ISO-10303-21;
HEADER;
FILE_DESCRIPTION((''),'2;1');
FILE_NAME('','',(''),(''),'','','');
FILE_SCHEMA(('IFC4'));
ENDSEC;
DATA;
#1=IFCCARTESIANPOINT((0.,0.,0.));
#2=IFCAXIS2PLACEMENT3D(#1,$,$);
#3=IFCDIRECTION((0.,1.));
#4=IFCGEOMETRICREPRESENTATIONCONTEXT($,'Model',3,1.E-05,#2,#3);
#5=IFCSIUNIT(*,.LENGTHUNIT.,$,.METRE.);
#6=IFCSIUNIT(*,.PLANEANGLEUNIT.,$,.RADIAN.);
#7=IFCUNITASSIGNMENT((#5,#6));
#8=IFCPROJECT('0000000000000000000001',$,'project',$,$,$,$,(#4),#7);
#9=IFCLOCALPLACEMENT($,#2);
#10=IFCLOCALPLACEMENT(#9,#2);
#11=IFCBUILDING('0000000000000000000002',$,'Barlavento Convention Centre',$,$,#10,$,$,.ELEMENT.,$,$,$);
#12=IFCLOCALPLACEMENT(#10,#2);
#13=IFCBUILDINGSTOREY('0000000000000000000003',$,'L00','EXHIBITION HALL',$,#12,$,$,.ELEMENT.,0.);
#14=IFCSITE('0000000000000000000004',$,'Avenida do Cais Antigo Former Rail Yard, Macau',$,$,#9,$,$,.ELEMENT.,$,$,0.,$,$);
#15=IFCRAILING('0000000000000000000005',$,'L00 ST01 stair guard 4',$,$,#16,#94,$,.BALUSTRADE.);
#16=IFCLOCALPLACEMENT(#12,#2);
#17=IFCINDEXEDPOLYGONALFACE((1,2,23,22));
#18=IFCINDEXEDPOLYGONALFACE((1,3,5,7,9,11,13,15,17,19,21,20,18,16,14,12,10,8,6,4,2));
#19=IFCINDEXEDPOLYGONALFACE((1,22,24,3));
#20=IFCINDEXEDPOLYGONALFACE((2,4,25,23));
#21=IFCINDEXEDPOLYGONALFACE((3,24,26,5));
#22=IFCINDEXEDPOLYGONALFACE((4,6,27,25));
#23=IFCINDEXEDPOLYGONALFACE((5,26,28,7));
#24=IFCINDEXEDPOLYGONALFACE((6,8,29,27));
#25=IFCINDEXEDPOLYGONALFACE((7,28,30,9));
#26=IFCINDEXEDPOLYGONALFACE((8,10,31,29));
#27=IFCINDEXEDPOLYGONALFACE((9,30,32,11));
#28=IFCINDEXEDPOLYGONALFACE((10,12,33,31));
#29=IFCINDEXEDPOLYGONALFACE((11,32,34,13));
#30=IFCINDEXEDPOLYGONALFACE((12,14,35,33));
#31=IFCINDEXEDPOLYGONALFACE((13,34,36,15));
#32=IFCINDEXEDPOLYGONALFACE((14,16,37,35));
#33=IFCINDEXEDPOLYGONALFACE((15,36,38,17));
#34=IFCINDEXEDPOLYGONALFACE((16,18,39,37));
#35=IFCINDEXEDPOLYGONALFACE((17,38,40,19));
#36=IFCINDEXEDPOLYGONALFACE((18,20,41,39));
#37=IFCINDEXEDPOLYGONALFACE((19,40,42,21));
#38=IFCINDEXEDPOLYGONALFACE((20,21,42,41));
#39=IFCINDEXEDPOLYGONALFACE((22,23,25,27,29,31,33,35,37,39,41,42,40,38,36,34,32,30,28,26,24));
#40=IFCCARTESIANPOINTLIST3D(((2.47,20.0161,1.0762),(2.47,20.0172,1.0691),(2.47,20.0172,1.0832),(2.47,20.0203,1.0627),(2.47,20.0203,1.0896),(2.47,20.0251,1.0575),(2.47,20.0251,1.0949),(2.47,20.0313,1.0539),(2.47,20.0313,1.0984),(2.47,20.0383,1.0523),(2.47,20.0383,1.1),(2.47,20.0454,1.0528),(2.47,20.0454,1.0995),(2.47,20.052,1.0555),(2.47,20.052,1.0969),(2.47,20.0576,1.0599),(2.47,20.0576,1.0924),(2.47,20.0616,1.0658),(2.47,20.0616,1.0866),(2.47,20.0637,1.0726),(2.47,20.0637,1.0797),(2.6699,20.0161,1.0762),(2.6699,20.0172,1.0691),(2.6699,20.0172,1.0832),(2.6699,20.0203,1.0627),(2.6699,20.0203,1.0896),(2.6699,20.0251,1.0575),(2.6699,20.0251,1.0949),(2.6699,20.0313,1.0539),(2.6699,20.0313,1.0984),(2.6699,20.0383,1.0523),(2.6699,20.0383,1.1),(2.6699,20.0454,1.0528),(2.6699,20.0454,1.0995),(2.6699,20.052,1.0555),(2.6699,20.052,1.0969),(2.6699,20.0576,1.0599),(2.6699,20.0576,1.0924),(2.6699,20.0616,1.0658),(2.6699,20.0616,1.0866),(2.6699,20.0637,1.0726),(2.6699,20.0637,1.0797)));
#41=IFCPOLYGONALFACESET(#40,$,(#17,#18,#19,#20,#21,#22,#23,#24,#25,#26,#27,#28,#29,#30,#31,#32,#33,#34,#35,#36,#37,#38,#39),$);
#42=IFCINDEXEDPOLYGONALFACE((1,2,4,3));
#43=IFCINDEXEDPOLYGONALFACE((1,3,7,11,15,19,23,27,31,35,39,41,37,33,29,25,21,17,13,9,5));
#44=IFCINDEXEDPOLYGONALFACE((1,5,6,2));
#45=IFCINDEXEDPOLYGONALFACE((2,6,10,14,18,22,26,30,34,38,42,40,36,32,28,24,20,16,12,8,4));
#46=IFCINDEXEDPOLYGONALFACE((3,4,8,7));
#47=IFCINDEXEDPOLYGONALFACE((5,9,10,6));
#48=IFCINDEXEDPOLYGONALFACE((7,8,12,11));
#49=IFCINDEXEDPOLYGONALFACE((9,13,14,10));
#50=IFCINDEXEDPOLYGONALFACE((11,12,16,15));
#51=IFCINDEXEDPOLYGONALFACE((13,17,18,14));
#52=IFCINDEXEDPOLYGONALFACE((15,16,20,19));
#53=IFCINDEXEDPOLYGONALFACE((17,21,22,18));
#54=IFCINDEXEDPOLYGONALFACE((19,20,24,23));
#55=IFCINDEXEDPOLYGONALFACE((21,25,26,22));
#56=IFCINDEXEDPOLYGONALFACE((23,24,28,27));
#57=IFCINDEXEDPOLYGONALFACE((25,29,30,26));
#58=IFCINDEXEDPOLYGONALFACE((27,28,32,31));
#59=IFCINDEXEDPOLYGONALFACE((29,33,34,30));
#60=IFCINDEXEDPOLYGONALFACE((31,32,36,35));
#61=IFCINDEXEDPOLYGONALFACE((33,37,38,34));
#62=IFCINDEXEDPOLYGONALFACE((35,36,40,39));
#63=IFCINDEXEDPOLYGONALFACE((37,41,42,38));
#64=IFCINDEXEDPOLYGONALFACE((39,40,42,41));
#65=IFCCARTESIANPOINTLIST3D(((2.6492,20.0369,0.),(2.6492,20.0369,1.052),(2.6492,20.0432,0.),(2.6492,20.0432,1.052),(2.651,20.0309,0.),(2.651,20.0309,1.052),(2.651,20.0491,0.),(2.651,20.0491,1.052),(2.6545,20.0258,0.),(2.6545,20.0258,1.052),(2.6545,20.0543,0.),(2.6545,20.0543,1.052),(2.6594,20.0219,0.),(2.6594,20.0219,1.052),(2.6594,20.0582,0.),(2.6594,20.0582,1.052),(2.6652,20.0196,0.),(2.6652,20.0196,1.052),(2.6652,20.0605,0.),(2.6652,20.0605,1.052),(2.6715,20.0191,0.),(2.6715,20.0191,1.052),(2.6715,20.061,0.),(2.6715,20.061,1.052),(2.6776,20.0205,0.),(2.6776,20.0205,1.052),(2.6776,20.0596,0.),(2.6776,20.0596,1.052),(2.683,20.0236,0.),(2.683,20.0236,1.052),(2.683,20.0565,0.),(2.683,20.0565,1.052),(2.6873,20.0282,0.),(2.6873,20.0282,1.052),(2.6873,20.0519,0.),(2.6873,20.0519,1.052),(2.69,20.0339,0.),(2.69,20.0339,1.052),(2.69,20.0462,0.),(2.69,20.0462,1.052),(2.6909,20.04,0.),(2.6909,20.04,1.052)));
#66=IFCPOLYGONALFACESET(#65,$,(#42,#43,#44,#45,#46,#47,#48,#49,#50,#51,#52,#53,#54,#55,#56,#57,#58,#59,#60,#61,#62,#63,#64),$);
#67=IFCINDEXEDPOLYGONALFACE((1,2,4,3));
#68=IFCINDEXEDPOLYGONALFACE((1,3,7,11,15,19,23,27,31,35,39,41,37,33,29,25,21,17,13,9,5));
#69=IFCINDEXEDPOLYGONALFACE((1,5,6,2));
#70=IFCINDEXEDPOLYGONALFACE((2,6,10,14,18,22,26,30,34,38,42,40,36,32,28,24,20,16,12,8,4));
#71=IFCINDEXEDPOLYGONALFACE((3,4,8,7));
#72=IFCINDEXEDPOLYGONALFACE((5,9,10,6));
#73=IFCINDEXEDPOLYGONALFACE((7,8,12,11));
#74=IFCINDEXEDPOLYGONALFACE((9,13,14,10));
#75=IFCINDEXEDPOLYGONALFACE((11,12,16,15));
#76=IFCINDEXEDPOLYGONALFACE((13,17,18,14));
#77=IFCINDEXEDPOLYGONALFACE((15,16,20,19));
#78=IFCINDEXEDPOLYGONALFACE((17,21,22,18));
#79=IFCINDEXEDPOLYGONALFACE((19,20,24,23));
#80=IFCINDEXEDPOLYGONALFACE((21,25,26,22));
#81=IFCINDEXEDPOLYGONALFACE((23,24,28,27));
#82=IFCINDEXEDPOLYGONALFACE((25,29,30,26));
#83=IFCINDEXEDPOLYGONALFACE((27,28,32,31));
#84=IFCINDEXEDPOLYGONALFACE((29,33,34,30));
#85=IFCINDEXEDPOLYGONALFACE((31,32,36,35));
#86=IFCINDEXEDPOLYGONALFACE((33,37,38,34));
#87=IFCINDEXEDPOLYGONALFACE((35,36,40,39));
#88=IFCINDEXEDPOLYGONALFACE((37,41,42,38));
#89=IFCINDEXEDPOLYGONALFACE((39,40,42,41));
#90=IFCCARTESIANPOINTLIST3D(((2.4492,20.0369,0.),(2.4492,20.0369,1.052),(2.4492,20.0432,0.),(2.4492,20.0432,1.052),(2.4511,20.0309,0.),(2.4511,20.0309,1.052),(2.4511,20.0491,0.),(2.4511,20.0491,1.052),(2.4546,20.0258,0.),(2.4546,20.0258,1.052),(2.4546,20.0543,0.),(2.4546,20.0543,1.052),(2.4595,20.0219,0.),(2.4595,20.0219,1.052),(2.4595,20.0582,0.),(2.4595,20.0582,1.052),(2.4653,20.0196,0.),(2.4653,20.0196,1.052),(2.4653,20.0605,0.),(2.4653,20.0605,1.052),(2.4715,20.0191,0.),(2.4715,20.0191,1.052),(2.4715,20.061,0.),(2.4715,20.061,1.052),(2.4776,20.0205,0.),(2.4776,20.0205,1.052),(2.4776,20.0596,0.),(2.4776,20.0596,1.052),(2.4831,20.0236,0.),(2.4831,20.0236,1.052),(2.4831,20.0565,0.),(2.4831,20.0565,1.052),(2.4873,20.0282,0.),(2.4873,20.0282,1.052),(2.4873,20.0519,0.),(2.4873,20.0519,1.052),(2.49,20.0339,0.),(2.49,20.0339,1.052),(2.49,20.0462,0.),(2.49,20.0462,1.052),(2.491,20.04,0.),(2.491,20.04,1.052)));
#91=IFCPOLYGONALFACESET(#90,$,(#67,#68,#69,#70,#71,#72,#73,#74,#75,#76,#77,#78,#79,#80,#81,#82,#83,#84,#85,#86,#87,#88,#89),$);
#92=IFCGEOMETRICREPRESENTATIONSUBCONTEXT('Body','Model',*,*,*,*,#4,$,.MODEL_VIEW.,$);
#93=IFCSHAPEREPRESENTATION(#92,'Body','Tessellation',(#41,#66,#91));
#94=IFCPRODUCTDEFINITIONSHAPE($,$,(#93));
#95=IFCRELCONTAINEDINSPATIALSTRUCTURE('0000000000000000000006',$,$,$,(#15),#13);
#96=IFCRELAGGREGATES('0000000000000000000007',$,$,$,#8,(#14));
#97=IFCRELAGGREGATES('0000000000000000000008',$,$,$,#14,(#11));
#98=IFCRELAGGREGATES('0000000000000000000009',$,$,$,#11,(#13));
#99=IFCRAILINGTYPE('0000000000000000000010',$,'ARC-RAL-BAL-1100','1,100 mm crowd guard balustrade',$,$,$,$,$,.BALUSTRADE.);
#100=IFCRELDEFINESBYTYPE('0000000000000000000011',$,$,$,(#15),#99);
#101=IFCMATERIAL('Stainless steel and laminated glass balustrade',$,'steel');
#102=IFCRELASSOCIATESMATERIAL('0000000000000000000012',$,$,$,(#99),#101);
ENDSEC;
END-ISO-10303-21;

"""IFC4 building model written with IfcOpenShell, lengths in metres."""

from ifc_helpers import new_model, si_unit, direction, frame, origin, origin_2d, place, context, subcontext, project, spatial, circle, extrude, material, type_object, element, save


model = new_model("IFC4")

# Units and contexts
model_context = context("Model", 3, precision=1e-05, world=origin(), true_north=direction((0.0, 1.0)))
body_context = subcontext(model_context, "Body", "Model", "MODEL_VIEW")
ifc_project = project(units=[si_unit("LENGTHUNIT", "METRE"), si_unit("PLANEANGLEUNIT", "RADIAN")], contexts=[model_context])

# Site, building, storey
site_placement = place(None, origin())
site = spatial("IfcSite", under=ifc_project, at=site_placement, Name="Avenida do Cais Antigo Former Rail Yard, Macau", CompositionType="ELEMENT", RefElevation=0.0)
building_placement = place(site_placement, origin())
building = spatial("IfcBuilding", under=site, at=building_placement, Name="Barlavento Convention Centre", CompositionType="ELEMENT")
storey_placement = place(building_placement, origin())
storey = spatial("IfcBuildingStorey", under=building, at=storey_placement, Name="L00", Description="EXHIBITION HALL", CompositionType="ELEMENT", Elevation=0.0)

# Railing
ifc_material_1 = material(Name="Stainless steel and laminated glass balustrade", Category="steel")
railing_type_1 = type_object("IfcRailingType", Name="ARC-RAL-BAL-1100", Description="1,100 mm crowd guard balustrade", PredefinedType="BALUSTRADE", material=ifc_material_1)
railing_1_placement = place(storey_placement, frame((2.6699, 20.04, 0.0)))
element("IfcRailing", 1, at=railing_1_placement, inside=storey, type_object=railing_type_1, Name="L00 ST01 stair guard 4", PredefinedType="BALUSTRADE", context=body_context, shape_type="SweptSolid", body=[
    extrude(circle(Radius=0.0239, at=origin_2d()), frame((0.0, 0.0, 1.0762), z_axis=(-1.0, 0.0, 0.0), x_axis=(0.0, -1.0, 0.0)), (0.0, 0.0, 1.0), 0.2),
    extrude(circle(Radius=0.021, at=origin_2d()), origin(), (0.0, 0.0, 1.0), 1.052),
    extrude(circle(Radius=0.021, at=origin_2d()), frame((-0.2, 0.0, 0.0)), (0.0, 0.0, 1.0), 1.052),
])

save(model, "model.ifc")
